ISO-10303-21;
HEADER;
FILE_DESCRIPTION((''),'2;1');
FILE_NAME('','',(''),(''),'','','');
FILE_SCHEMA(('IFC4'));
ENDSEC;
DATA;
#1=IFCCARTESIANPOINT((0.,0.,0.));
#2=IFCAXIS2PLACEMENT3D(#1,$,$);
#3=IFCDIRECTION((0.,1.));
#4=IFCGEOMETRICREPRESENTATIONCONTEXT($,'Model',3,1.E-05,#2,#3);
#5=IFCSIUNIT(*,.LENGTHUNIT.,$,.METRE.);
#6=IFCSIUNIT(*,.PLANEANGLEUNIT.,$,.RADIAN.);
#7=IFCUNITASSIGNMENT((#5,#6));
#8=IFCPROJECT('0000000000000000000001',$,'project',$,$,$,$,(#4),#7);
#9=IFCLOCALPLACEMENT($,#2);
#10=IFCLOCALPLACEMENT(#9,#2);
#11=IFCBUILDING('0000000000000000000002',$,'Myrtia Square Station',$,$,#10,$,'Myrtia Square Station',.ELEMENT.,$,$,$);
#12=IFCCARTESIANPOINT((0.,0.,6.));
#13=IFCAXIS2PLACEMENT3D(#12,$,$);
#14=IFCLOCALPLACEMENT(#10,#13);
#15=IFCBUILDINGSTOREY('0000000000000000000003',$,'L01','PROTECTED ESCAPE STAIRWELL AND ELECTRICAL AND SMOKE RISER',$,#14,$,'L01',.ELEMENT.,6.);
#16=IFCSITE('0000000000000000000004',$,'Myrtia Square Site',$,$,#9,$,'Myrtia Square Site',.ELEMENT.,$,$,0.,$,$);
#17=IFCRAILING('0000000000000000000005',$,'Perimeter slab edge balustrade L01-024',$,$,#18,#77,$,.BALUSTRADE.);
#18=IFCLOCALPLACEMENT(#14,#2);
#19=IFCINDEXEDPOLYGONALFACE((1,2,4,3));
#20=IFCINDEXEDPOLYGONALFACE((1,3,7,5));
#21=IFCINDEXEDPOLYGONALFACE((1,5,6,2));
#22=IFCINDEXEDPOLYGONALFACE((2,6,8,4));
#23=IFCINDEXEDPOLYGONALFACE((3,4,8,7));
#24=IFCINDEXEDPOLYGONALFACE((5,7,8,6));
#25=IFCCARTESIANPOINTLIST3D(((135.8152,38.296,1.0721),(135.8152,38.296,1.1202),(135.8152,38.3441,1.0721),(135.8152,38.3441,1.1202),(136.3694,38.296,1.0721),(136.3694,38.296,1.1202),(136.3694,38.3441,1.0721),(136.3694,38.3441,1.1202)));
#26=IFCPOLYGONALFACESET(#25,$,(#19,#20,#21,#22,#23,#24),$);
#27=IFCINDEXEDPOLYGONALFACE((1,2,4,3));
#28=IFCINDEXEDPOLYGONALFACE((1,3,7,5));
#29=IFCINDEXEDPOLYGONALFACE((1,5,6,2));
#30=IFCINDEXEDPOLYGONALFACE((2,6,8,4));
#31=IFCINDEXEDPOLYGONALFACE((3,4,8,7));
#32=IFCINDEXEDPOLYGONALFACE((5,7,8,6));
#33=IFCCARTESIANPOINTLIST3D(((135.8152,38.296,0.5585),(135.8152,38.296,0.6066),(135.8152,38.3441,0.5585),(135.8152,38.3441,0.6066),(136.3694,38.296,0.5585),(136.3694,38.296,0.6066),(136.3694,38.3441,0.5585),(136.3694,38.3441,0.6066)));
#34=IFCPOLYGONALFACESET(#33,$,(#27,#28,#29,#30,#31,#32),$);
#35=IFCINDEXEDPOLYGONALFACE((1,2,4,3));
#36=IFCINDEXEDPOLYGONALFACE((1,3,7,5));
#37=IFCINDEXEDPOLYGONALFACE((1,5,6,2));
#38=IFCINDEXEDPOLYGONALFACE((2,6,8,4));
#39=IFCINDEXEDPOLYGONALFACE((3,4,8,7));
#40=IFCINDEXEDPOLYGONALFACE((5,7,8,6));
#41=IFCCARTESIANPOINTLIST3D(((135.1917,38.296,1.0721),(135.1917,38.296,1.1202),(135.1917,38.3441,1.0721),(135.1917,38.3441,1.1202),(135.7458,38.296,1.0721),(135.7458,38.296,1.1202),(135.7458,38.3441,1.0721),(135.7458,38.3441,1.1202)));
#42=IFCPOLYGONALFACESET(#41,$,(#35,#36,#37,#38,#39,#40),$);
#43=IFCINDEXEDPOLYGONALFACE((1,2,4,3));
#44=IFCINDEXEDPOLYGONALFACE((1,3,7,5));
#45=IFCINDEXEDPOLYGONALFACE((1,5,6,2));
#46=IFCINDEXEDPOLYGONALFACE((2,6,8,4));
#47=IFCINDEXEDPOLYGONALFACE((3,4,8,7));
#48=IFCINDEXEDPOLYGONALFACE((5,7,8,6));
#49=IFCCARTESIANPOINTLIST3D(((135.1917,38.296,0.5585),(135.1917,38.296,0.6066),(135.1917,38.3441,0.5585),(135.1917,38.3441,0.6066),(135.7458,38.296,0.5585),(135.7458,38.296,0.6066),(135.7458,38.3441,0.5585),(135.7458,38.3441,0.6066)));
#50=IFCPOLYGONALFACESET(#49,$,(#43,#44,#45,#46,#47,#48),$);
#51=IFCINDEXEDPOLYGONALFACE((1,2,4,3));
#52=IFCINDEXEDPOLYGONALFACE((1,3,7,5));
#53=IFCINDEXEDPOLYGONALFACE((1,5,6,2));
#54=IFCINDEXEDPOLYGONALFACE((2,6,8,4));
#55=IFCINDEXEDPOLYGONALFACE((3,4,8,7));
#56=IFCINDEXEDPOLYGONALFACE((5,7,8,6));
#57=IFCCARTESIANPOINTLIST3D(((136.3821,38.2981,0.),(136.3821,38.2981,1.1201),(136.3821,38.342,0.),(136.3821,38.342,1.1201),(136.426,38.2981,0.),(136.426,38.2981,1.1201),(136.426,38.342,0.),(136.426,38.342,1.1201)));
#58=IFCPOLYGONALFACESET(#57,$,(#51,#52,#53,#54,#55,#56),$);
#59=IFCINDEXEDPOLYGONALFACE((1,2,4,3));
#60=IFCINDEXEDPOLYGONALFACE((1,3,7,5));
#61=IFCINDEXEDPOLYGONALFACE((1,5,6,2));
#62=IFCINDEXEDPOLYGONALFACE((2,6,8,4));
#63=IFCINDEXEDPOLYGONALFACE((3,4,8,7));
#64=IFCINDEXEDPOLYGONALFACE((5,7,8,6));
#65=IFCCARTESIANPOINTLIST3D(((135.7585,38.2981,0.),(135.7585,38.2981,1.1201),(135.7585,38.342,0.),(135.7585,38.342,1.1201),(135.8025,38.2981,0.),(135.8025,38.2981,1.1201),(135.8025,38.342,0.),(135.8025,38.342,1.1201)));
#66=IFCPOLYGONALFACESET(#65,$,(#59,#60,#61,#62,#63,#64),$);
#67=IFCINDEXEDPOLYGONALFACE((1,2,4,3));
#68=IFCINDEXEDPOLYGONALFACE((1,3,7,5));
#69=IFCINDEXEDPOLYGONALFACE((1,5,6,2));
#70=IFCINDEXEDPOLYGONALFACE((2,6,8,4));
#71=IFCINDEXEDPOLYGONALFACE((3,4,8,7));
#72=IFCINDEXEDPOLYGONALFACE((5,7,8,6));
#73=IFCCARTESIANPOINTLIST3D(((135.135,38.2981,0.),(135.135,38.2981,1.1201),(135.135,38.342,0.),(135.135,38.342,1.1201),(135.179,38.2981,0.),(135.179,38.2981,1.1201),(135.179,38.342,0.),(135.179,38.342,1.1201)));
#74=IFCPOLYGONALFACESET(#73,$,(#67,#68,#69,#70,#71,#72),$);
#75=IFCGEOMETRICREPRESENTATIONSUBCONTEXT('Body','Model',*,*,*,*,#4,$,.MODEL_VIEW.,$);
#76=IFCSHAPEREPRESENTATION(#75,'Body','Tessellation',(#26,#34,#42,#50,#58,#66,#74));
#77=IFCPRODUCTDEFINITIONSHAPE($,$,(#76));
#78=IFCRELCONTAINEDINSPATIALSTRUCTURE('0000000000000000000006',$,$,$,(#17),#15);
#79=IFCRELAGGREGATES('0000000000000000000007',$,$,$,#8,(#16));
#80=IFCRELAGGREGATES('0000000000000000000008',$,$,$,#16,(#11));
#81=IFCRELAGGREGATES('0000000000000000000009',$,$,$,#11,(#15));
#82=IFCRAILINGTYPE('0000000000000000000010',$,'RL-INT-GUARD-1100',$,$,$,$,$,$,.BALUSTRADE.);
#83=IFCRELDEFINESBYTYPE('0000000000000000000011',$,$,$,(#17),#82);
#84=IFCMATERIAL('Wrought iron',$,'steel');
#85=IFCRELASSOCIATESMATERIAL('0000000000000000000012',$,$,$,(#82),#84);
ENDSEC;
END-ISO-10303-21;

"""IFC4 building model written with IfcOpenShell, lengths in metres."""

from ifc_helpers import new_model, si_unit, direction, frame, origin, origin_2d, place, context, subcontext, project, spatial, rectangle, extrude, material, type_object, element, save


model = new_model("IFC4")

# Units and contexts
model_context = context("Model", 3, precision=1e-05, world=origin(), true_north=direction((0.0, 1.0)))
body_context = subcontext(model_context, "Body", "Model", "MODEL_VIEW")
ifc_project = project(units=[si_unit("LENGTHUNIT", "METRE"), si_unit("PLANEANGLEUNIT", "RADIAN")], contexts=[model_context])

# Site, building, storey
site_placement = place(None, origin())
site = spatial("IfcSite", under=ifc_project, at=site_placement, Name="Myrtia Square Site", LongName="Myrtia Square Site", CompositionType="ELEMENT", RefElevation=0.0)
building_placement = place(site_placement, origin())
building = spatial("IfcBuilding", under=site, at=building_placement, Name="Myrtia Square Station", LongName="Myrtia Square Station", CompositionType="ELEMENT")
storey_placement = place(building_placement, frame((0.0, 0.0, 6.0)))
storey = spatial("IfcBuildingStorey", under=building, at=storey_placement, Name="L01", Description="PROTECTED ESCAPE STAIRWELL AND ELECTRICAL AND SMOKE RISER", LongName="L01", CompositionType="ELEMENT", Elevation=6.0)

# Railing
ifc_material_1 = material(Name="Wrought iron", Category="steel")
railing_type = type_object("IfcRailingType", Name="RL-INT-GUARD-1100", PredefinedType="BALUSTRADE", material=ifc_material_1)
railing_placement = place(storey_placement, frame((136.4041, 38.3201, 0.0)))
element("IfcRailing", 1, at=railing_placement, inside=storey, type_object=railing_type, Name="Perimeter slab edge balustrade L01-024", PredefinedType="BALUSTRADE", context=body_context, shape_type="SweptSolid", body=[
    extrude(rectangle(XDim=0.0481, YDim=0.0481, at=origin_2d()), frame((-0.0347, 0.0, 1.0962), z_axis=(-1.0, 0.0, 0.0), x_axis=(0.0, -1.0, 0.0)), (0.0, 0.0, 1.0), 0.5542),
    extrude(rectangle(XDim=0.0481, YDim=0.0481, at=origin_2d()), frame((-0.0347, 0.0, 0.5825), z_axis=(-1.0, 0.0, 0.0), x_axis=(0.0, -1.0, 0.0)), (0.0, 0.0, 1.0), 0.5542),
    extrude(rectangle(XDim=0.0481, YDim=0.0481, at=origin_2d()), frame((-0.6582, 0.0, 1.0962), z_axis=(-1.0, 0.0, 0.0), x_axis=(0.0, -1.0, 0.0)), (0.0, 0.0, 1.0), 0.5542),
    extrude(rectangle(XDim=0.0481, YDim=0.0481, at=origin_2d()), frame((-0.6582, 0.0, 0.5825), z_axis=(-1.0, 0.0, 0.0), x_axis=(0.0, -1.0, 0.0)), (0.0, 0.0, 1.0), 0.5542),
    extrude(rectangle(XDim=0.0439, YDim=0.0439, at=origin_2d()), origin(), (0.0, 0.0, 1.0), 1.1201),
    extrude(rectangle(XDim=0.0439, YDim=0.0439, at=origin_2d()), frame((-0.6235, 0.0, 0.0)), (0.0, 0.0, 1.0), 1.1201),
    extrude(rectangle(XDim=0.0439, YDim=0.0439, at=origin_2d()), frame((-1.2471, 0.0, 0.0)), (0.0, 0.0, 1.0), 1.1201),
])

save(model, "model.ifc")
